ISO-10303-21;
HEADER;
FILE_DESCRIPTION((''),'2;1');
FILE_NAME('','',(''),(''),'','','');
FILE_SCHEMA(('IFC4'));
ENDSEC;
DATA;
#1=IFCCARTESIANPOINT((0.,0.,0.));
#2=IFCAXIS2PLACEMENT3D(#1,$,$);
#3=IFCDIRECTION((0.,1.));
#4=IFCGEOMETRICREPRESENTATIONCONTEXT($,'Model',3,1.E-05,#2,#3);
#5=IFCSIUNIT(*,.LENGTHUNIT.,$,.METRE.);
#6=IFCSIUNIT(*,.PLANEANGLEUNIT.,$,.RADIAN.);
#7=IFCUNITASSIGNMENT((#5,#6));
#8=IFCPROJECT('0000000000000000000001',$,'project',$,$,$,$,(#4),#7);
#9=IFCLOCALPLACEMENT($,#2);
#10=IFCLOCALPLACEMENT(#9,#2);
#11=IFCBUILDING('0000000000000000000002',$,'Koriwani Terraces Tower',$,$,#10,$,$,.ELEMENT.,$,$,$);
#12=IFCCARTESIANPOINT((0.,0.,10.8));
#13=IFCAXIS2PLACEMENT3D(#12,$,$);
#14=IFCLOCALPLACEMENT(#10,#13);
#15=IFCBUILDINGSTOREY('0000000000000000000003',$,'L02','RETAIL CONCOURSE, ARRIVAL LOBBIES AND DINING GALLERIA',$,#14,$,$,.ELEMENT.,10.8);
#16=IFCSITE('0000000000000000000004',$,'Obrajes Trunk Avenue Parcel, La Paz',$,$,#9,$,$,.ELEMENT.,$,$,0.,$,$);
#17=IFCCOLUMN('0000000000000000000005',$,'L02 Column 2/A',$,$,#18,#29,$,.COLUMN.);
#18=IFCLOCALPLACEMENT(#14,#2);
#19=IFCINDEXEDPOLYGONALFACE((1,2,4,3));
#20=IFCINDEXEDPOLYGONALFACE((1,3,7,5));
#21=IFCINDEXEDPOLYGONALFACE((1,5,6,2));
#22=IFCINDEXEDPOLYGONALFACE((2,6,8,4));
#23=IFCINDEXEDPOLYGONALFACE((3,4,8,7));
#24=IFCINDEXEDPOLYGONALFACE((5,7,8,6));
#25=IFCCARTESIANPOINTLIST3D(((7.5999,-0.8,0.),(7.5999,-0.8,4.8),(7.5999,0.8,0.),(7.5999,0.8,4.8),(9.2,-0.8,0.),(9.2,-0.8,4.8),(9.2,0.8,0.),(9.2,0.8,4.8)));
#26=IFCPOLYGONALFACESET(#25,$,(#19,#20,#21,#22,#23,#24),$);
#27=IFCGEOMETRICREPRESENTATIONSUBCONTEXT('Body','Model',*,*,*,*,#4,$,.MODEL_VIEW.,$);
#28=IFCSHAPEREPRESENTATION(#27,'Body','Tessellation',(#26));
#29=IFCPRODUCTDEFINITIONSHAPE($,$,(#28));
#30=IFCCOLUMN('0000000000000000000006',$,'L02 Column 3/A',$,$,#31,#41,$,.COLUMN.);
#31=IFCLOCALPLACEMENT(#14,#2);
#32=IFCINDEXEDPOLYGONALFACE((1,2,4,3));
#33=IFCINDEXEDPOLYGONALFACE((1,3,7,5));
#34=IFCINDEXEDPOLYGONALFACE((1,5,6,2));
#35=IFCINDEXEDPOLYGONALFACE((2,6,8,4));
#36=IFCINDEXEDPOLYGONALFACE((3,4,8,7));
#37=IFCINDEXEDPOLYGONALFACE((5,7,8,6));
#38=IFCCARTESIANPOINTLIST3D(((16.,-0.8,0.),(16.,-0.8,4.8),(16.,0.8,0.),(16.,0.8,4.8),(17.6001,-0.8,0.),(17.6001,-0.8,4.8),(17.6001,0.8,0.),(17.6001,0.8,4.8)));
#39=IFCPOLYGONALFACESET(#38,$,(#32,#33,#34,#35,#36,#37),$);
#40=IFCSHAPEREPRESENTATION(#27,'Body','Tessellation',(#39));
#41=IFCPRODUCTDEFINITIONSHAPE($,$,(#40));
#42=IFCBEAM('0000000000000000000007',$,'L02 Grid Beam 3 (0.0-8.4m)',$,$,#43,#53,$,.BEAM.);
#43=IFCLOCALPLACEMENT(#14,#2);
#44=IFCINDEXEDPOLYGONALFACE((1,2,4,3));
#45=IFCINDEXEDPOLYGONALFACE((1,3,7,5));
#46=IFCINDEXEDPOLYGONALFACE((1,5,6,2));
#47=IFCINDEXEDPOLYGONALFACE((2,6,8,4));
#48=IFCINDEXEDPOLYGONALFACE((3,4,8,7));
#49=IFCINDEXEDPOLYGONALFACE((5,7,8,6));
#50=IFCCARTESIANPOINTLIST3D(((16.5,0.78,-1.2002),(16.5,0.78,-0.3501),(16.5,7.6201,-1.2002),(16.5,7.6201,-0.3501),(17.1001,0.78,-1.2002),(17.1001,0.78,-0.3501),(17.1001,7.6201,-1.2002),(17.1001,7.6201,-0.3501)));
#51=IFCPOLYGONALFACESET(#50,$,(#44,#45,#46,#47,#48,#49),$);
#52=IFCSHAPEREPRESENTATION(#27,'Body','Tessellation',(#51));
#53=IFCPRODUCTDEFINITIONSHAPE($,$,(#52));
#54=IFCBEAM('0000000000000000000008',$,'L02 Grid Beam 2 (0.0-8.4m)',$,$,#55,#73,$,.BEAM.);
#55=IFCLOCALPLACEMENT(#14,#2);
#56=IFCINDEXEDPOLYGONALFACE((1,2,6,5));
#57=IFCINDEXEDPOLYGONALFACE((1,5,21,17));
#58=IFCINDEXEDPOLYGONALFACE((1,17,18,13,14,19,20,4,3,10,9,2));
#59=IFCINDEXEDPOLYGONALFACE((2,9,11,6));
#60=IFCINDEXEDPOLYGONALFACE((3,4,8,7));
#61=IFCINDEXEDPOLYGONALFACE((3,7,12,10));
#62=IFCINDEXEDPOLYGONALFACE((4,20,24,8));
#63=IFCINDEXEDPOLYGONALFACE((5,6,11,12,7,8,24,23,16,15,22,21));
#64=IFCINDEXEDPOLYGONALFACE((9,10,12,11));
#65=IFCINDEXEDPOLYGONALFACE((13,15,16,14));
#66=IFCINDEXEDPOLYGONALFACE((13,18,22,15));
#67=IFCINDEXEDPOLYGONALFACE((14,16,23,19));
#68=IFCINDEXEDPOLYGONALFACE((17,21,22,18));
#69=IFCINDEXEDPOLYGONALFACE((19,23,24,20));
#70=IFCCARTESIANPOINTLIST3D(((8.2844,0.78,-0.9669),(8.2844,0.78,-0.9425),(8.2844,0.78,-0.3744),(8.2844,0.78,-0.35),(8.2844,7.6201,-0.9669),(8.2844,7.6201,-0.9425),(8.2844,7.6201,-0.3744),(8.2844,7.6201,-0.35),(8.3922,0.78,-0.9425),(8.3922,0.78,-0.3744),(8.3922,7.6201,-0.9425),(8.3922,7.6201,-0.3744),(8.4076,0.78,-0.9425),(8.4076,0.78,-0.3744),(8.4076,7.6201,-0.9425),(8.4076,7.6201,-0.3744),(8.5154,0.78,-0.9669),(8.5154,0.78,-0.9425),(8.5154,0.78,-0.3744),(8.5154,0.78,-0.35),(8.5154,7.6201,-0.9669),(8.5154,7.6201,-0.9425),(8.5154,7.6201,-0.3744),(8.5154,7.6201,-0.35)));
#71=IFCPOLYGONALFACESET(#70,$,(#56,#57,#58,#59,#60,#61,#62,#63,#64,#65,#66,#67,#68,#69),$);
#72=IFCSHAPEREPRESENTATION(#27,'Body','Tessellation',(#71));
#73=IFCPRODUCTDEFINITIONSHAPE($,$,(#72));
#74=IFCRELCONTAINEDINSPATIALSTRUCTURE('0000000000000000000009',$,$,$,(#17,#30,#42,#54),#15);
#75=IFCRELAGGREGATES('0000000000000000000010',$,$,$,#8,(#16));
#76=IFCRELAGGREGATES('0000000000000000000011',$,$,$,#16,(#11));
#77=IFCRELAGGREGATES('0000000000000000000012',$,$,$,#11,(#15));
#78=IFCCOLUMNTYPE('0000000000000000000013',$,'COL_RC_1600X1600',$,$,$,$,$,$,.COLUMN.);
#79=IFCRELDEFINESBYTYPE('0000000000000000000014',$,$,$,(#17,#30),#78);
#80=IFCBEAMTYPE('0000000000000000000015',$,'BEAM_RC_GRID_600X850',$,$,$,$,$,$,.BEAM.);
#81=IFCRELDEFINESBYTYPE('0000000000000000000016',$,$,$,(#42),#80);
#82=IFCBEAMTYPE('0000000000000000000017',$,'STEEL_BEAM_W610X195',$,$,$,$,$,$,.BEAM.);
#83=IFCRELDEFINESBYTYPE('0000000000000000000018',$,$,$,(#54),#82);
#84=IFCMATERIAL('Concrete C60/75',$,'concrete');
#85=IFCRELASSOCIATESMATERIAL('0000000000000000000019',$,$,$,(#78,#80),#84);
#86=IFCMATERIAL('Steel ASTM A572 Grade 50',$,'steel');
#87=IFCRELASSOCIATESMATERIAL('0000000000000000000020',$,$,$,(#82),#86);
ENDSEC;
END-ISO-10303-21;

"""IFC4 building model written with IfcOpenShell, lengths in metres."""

from ifc_helpers import new_model, si_unit, direction, frame, origin, origin_2d, place, context, subcontext, project, spatial, rectangle, i_section, extrude, material, material_profile, profile_set, type_object, element, save


model = new_model("IFC4")

# Units and contexts
model_context = context("Model", 3, precision=1e-05, world=origin(), true_north=direction((0.0, 1.0)))
body_context = subcontext(model_context, "Body", "Model", "MODEL_VIEW")
ifc_project = project(units=[si_unit("LENGTHUNIT", "METRE"), si_unit("PLANEANGLEUNIT", "RADIAN")], contexts=[model_context])

# Site, building, storey
site_placement = place(None, origin())
site = spatial("IfcSite", under=ifc_project, at=site_placement, Name="Obrajes Trunk Avenue Parcel, La Paz", CompositionType="ELEMENT", RefElevation=0.0)
building_placement = place(site_placement, origin())
building = spatial("IfcBuilding", under=site, at=building_placement, Name="Koriwani Terraces Tower", CompositionType="ELEMENT")
storey_placement = place(building_placement, frame((0.0, 0.0, 10.8)))
storey = spatial("IfcBuildingStorey", under=building, at=storey_placement, Name="L02", Description="RETAIL CONCOURSE, ARRIVAL LOBBIES AND DINING GALLERIA", CompositionType="ELEMENT", Elevation=10.8)

# Columns
ifc_material_1 = material(Name="Concrete C60/75", Category="concrete")
ifc_material_profile_1 = material_profile(ifc_material_1, rectangle(XDim=1.6001, YDim=1.6001, at=origin_2d()), Name="Concrete C60/75", Category="LoadBearing")
ifc_profile_set_1 = profile_set([ifc_material_profile_1], Name="Concrete C60/75")
column_type = type_object("IfcColumnType", Name="COL_RC_1600X1600", PredefinedType="COLUMN", material=ifc_profile_set_1)
for number, where, z_axis, x_axis, name in (
    (1, (8.3999, 0.0, 0.0), (0.0, 0.0, 1.0), (1.0, 0.0, 0.0), "L02 Column 2/A"),
    (2, (16.8, 0.0, 0.0), (0.0, 0.0, 1.0), (1.0, 0.0, 0.0), "L02 Column 3/A"),
):
    element("IfcColumn", number, at=place(storey_placement, frame(where, z_axis=z_axis, x_axis=x_axis)), inside=storey, type_object=column_type, Name=name, PredefinedType="COLUMN", context=body_context, shape_type="SweptSolid", body=[
        extrude(rectangle(XDim=1.6001, YDim=1.6001, at=origin_2d()), origin(), (0.0, 0.0, 1.0), 4.8),
    ])

# Beams
ifc_material_profile_2 = material_profile(ifc_material_1, rectangle(XDim=0.6001, YDim=0.8501, at=origin_2d()), Name="Concrete C60/75", Category="LoadBearing")
ifc_profile_set_2 = profile_set([ifc_material_profile_2], Name="Concrete C60/75")
beam_type_1 = type_object("IfcBeamType", Name="BEAM_RC_GRID_600X850", PredefinedType="BEAM", material=ifc_profile_set_2)
beam_1_placement = place(storey_placement, frame((16.8, 0.78, -0.7751), z_axis=(0.0, 1.0, 0.0), x_axis=(-1.0, 0.0, 0.0)))
element("IfcBeam", 3, at=beam_1_placement, inside=storey, type_object=beam_type_1, Name="L02 Grid Beam 3 (0.0-8.4m)", PredefinedType="BEAM", context=body_context, shape_type="SweptSolid", body=[
    extrude(rectangle(XDim=0.6001, YDim=0.8501, at=origin_2d()), origin(), (0.0, 0.0, 1.0), 6.8401),
])
ifc_material_2 = material(Name="Steel ASTM A572 Grade 50", Category="steel")
ifc_material_profile_3 = material_profile(ifc_material_2, i_section(OverallWidth=0.231, OverallDepth=0.6169, WebThickness=0.0154, FlangeThickness=0.0244, at=origin_2d()), Name="Steel ASTM A572 Grade 50", Category="LoadBearing")
ifc_profile_set_3 = profile_set([ifc_material_profile_3], Name="Steel ASTM A572 Grade 50")
beam_type_2 = type_object("IfcBeamType", Name="STEEL_BEAM_W610X195", PredefinedType="BEAM", material=ifc_profile_set_3)
beam_2_placement = place(storey_placement, frame((8.3999, 0.78, -0.6584), z_axis=(0.0, 1.0, 0.0), x_axis=(-1.0, 0.0, 0.0)))
element("IfcBeam", 4, at=beam_2_placement, inside=storey, type_object=beam_type_2, Name="L02 Grid Beam 2 (0.0-8.4m)", PredefinedType="BEAM", context=body_context, shape_type="SweptSolid", body=[
    extrude(i_section(OverallWidth=0.231, OverallDepth=0.6169, WebThickness=0.0154, FlangeThickness=0.0244, at=origin_2d()), origin(), (0.0, 0.0, 1.0), 6.8401),
])

save(model, "model.ifc")
